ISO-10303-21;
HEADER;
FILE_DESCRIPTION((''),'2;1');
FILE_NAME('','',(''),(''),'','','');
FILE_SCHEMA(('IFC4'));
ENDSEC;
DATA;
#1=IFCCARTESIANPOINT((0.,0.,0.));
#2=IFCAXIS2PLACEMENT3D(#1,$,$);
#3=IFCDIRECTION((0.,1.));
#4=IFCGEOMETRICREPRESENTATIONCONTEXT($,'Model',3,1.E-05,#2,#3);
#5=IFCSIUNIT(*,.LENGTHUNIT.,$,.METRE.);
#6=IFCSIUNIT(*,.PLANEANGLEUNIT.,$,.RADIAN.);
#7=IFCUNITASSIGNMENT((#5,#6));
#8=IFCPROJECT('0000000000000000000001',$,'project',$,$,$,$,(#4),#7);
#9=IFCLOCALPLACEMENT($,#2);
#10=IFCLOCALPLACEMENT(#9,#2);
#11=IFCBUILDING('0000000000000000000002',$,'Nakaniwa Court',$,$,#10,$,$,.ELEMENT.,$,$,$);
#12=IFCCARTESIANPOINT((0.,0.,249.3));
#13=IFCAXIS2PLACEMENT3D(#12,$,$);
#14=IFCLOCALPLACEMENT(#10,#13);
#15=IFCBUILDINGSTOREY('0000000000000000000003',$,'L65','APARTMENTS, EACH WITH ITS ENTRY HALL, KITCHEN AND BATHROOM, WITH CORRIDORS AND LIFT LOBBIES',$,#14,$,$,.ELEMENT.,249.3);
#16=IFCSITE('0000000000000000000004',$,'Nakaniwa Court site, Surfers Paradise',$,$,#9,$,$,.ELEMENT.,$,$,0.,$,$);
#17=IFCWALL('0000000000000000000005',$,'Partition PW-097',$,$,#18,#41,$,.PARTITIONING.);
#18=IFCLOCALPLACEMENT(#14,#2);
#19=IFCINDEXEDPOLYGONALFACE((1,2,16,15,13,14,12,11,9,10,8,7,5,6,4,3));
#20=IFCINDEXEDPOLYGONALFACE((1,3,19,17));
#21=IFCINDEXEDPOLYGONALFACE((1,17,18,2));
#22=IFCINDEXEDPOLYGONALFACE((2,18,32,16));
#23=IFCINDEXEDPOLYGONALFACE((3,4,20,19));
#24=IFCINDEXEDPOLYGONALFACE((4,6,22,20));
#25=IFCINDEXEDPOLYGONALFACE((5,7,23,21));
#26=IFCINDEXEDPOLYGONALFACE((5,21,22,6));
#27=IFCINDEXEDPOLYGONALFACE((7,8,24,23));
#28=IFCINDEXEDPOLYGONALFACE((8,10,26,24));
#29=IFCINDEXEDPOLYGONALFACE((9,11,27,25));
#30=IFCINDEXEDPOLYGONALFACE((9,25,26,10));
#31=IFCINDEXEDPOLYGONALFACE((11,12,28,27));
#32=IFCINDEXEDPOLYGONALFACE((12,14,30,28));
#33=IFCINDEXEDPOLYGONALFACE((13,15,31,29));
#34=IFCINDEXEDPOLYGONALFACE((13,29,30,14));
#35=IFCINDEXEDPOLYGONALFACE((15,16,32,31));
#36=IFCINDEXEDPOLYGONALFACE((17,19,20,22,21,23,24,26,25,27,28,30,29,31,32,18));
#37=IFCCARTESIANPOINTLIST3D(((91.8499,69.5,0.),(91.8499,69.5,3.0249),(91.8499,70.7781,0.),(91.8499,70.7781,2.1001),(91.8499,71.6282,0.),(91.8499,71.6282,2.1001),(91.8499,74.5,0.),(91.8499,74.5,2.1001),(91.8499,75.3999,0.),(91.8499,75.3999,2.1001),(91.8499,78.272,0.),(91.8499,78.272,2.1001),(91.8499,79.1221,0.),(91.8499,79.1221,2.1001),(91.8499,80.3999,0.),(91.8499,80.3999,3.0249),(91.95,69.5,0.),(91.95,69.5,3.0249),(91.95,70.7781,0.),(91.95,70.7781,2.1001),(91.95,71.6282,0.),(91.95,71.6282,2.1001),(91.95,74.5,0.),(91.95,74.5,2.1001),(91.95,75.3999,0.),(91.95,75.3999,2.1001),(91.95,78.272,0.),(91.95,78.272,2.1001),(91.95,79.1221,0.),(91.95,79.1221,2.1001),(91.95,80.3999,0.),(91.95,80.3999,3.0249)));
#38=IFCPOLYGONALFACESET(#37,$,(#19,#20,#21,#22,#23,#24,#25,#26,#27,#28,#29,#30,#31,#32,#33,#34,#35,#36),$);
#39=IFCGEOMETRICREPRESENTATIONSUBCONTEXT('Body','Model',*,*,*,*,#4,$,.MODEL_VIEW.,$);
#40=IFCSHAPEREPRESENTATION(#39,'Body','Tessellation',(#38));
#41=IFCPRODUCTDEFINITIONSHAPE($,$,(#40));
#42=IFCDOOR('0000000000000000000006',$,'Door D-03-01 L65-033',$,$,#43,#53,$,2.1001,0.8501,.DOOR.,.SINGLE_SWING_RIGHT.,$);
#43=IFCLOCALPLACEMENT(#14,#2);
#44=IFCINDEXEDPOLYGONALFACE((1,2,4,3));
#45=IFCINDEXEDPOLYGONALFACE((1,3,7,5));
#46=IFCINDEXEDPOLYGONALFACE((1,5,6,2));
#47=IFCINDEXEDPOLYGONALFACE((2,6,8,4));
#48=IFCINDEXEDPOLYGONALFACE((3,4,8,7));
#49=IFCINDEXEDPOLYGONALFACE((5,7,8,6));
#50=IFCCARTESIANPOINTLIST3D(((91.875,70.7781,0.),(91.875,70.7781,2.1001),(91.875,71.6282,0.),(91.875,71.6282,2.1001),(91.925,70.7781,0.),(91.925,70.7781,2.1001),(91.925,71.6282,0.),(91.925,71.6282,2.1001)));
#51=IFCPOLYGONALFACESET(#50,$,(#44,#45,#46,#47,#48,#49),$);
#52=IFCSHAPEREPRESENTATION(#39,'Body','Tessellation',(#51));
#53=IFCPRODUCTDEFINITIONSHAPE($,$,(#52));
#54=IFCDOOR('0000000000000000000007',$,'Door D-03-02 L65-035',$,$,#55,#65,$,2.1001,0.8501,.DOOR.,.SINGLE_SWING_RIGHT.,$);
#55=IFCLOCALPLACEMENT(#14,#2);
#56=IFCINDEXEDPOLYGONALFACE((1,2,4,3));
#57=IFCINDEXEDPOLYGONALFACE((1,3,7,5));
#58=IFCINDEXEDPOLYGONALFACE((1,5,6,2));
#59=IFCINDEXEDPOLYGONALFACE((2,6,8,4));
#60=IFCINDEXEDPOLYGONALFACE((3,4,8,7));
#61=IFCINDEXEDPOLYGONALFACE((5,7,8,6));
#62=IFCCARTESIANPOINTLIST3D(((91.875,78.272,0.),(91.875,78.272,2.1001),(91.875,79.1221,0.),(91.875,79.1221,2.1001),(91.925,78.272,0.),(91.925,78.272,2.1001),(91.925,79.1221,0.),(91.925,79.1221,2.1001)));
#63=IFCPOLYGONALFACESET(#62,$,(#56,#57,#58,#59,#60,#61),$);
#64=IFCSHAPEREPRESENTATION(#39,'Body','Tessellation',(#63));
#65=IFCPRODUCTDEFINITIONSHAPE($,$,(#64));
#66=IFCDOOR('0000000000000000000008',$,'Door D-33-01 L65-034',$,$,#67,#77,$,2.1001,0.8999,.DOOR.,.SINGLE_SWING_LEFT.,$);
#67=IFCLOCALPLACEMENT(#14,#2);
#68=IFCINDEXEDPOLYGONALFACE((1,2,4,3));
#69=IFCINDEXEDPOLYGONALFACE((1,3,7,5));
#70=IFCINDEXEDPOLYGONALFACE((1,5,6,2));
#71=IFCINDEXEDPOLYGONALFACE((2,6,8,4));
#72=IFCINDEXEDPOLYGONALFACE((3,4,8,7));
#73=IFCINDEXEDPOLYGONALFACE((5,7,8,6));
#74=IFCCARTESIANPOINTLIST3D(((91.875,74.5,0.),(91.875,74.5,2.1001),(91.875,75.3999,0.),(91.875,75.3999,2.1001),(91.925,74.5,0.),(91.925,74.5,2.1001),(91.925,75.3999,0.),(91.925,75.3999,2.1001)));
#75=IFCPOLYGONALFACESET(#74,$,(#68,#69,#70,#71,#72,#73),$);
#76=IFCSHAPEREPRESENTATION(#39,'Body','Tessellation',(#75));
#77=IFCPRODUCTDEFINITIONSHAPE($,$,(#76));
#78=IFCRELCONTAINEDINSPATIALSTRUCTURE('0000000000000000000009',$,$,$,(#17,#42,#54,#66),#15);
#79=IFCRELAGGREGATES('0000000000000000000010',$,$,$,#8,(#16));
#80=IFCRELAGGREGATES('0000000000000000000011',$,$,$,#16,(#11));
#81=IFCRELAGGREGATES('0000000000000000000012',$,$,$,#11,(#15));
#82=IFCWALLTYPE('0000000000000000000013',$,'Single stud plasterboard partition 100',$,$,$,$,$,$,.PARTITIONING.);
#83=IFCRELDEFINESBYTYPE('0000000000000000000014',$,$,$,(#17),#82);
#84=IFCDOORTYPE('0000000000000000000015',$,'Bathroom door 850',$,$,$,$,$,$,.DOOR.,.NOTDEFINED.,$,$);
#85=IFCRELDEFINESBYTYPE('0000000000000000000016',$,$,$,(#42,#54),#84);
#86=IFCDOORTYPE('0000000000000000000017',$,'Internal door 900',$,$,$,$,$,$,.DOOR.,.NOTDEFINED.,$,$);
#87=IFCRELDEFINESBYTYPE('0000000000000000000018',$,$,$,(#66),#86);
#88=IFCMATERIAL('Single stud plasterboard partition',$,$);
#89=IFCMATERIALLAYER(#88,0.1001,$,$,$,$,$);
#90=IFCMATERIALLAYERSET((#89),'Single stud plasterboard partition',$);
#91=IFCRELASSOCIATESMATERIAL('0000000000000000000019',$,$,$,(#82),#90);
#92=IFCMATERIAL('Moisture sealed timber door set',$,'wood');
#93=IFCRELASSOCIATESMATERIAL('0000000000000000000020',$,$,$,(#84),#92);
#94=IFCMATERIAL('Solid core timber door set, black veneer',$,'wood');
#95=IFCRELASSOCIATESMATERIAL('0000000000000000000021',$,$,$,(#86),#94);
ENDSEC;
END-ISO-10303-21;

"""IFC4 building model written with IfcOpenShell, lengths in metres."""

from ifc_helpers import new_model, si_unit, direction, frame, frame_2d, origin, place, context, subcontext, project, spatial, rectangle, extrude, material, layer, layer_set, type_object, element, fill, save


model = new_model("IFC4")

# Units and contexts
model_context = context("Model", 3, precision=1e-05, world=origin(), true_north=direction((0.0, 1.0)))
body_context = subcontext(model_context, "Body", "Model", "MODEL_VIEW")
ifc_project = project(units=[si_unit("LENGTHUNIT", "METRE"), si_unit("PLANEANGLEUNIT", "RADIAN")], contexts=[model_context])

# Site, building, storey
site_placement = place(None, origin())
site = spatial("IfcSite", under=ifc_project, at=site_placement, Name="Nakaniwa Court site, Surfers Paradise", CompositionType="ELEMENT", RefElevation=0.0)
building_placement = place(site_placement, origin())
building = spatial("IfcBuilding", under=site, at=building_placement, Name="Nakaniwa Court", CompositionType="ELEMENT")
storey_placement = place(building_placement, frame((0.0, 0.0, 249.3)))
storey = spatial("IfcBuildingStorey", under=building, at=storey_placement, Name="L65", Description="APARTMENTS, EACH WITH ITS ENTRY HALL, KITCHEN AND BATHROOM, WITH CORRIDORS AND LIFT LOBBIES", CompositionType="ELEMENT", Elevation=249.3)

# Wall, openings, doors
ifc_material_1 = material(Name="Single stud plasterboard partition")
ifc_layer_1 = layer(ifc_material_1, 0.1001)
ifc_layer_set_1 = layer_set([ifc_layer_1], Name="Single stud plasterboard partition")
wall_type_1 = type_object("IfcWallType", Name="Single stud plasterboard partition 100", PredefinedType="PARTITIONING", material=ifc_layer_set_1)
wall_1_placement = place(storey_placement, frame((91.8999, 69.5, 0.0), z_axis=(0.0, 0.0, 1.0), x_axis=(0.0, 1.0, 0.0)))
wall_1 = element("IfcWall", 1, at=wall_1_placement, inside=storey, type_object=wall_type_1, Name="Partition PW-097", PredefinedType="PARTITIONING", context=body_context, shape_type="SweptSolid", body=[
    extrude(rectangle(XDim=10.8999, YDim=0.1001, at=frame_2d((5.45, 0.0))), origin(), (0.0, 0.0, 1.0), 3.0249),
])
opening_1_placement = place(wall_1_placement, frame((1.2781, 0.0, 0.0)))
opening_1 = element("IfcOpeningElement", 2, at=opening_1_placement, cuts=wall_1, PredefinedType="OPENING", context=body_context, shape_type="SweptSolid", body=[
    extrude(rectangle(XDim=0.8501, YDim=2.1001, at=frame_2d((0.425, 1.05))), frame((0.0, 0.0601, 0.0), z_axis=(0.0, -1.0, 0.0), x_axis=(1.0, 0.0, 0.0)), (0.0, 0.0, 1.0), 0.1201),
])
opening_2_placement = place(wall_1_placement, frame((5.0, 0.0, 0.0)))
opening_2 = element("IfcOpeningElement", 3, at=opening_2_placement, cuts=wall_1, PredefinedType="OPENING", context=body_context, shape_type="SweptSolid", body=[
    extrude(rectangle(XDim=0.8999, YDim=2.1001, at=frame_2d((0.45, 1.05))), frame((0.0, 0.0601, 0.0), z_axis=(0.0, -1.0, 0.0), x_axis=(1.0, 0.0, 0.0)), (0.0, 0.0, 1.0), 0.1201),
])
opening_3_placement = place(wall_1_placement, frame((8.772, 0.0, 0.0)))
opening_3 = element("IfcOpeningElement", 4, at=opening_3_placement, cuts=wall_1, PredefinedType="OPENING", context=body_context, shape_type="SweptSolid", body=[
    extrude(rectangle(XDim=0.8501, YDim=2.1001, at=frame_2d((0.425, 1.05))), frame((0.0, 0.0601, 0.0), z_axis=(0.0, -1.0, 0.0), x_axis=(1.0, 0.0, 0.0)), (0.0, 0.0, 1.0), 0.1201),
])
ifc_material_2 = material(Name="Moisture sealed timber door set", Category="wood")
door_type_1 = type_object("IfcDoorType", Name="Bathroom door 850", OperationType="NOTDEFINED", PredefinedType="DOOR", material=ifc_material_2)
door_1_placement = place(opening_1_placement, origin())
door_1 = element("IfcDoor", 5, at=door_1_placement, inside=storey, type_object=door_type_1, Name="Door D-03-01 L65-033", OperationType="SINGLE_SWING_RIGHT", OverallHeight=2.1001, OverallWidth=0.8501, PredefinedType="DOOR", context=body_context, shape_type="SweptSolid", body=[
    extrude(rectangle(XDim=0.8501, YDim=2.1001, at=frame_2d((0.425, 1.05))), frame((0.0, 0.0249, 0.0), z_axis=(0.0, -1.0, 0.0), x_axis=(1.0, 0.0, 0.0)), (0.0, 0.0, 1.0), 0.05),
])
fill(opening_1, door_1)
door_2_placement = place(opening_3_placement, origin())
door_2 = element("IfcDoor", 6, at=door_2_placement, inside=storey, type_object=door_type_1, Name="Door D-03-02 L65-035", OperationType="SINGLE_SWING_RIGHT", OverallHeight=2.1001, OverallWidth=0.8501, PredefinedType="DOOR", context=body_context, shape_type="SweptSolid", body=[
    extrude(rectangle(XDim=0.8501, YDim=2.1001, at=frame_2d((0.425, 1.05))), frame((0.0, 0.0249, 0.0), z_axis=(0.0, -1.0, 0.0), x_axis=(1.0, 0.0, 0.0)), (0.0, 0.0, 1.0), 0.05),
])
fill(opening_3, door_2)
ifc_material_3 = material(Name="Solid core timber door set, black veneer", Category="wood")
door_type_2 = type_object("IfcDoorType", Name="Internal door 900", OperationType="NOTDEFINED", PredefinedType="DOOR", material=ifc_material_3)
door_3_placement = place(opening_2_placement, origin())
door_3 = element("IfcDoor", 7, at=door_3_placement, inside=storey, type_object=door_type_2, Name="Door D-33-01 L65-034", OperationType="SINGLE_SWING_LEFT", OverallHeight=2.1001, OverallWidth=0.8999, PredefinedType="DOOR", context=body_context, shape_type="SweptSolid", body=[
    extrude(rectangle(XDim=0.8999, YDim=2.1001, at=frame_2d((0.45, 1.05))), frame((0.0, 0.0249, 0.0), z_axis=(0.0, -1.0, 0.0), x_axis=(1.0, 0.0, 0.0)), (0.0, 0.0, 1.0), 0.05),
])
fill(opening_2, door_3)

save(model, "model.ifc")
